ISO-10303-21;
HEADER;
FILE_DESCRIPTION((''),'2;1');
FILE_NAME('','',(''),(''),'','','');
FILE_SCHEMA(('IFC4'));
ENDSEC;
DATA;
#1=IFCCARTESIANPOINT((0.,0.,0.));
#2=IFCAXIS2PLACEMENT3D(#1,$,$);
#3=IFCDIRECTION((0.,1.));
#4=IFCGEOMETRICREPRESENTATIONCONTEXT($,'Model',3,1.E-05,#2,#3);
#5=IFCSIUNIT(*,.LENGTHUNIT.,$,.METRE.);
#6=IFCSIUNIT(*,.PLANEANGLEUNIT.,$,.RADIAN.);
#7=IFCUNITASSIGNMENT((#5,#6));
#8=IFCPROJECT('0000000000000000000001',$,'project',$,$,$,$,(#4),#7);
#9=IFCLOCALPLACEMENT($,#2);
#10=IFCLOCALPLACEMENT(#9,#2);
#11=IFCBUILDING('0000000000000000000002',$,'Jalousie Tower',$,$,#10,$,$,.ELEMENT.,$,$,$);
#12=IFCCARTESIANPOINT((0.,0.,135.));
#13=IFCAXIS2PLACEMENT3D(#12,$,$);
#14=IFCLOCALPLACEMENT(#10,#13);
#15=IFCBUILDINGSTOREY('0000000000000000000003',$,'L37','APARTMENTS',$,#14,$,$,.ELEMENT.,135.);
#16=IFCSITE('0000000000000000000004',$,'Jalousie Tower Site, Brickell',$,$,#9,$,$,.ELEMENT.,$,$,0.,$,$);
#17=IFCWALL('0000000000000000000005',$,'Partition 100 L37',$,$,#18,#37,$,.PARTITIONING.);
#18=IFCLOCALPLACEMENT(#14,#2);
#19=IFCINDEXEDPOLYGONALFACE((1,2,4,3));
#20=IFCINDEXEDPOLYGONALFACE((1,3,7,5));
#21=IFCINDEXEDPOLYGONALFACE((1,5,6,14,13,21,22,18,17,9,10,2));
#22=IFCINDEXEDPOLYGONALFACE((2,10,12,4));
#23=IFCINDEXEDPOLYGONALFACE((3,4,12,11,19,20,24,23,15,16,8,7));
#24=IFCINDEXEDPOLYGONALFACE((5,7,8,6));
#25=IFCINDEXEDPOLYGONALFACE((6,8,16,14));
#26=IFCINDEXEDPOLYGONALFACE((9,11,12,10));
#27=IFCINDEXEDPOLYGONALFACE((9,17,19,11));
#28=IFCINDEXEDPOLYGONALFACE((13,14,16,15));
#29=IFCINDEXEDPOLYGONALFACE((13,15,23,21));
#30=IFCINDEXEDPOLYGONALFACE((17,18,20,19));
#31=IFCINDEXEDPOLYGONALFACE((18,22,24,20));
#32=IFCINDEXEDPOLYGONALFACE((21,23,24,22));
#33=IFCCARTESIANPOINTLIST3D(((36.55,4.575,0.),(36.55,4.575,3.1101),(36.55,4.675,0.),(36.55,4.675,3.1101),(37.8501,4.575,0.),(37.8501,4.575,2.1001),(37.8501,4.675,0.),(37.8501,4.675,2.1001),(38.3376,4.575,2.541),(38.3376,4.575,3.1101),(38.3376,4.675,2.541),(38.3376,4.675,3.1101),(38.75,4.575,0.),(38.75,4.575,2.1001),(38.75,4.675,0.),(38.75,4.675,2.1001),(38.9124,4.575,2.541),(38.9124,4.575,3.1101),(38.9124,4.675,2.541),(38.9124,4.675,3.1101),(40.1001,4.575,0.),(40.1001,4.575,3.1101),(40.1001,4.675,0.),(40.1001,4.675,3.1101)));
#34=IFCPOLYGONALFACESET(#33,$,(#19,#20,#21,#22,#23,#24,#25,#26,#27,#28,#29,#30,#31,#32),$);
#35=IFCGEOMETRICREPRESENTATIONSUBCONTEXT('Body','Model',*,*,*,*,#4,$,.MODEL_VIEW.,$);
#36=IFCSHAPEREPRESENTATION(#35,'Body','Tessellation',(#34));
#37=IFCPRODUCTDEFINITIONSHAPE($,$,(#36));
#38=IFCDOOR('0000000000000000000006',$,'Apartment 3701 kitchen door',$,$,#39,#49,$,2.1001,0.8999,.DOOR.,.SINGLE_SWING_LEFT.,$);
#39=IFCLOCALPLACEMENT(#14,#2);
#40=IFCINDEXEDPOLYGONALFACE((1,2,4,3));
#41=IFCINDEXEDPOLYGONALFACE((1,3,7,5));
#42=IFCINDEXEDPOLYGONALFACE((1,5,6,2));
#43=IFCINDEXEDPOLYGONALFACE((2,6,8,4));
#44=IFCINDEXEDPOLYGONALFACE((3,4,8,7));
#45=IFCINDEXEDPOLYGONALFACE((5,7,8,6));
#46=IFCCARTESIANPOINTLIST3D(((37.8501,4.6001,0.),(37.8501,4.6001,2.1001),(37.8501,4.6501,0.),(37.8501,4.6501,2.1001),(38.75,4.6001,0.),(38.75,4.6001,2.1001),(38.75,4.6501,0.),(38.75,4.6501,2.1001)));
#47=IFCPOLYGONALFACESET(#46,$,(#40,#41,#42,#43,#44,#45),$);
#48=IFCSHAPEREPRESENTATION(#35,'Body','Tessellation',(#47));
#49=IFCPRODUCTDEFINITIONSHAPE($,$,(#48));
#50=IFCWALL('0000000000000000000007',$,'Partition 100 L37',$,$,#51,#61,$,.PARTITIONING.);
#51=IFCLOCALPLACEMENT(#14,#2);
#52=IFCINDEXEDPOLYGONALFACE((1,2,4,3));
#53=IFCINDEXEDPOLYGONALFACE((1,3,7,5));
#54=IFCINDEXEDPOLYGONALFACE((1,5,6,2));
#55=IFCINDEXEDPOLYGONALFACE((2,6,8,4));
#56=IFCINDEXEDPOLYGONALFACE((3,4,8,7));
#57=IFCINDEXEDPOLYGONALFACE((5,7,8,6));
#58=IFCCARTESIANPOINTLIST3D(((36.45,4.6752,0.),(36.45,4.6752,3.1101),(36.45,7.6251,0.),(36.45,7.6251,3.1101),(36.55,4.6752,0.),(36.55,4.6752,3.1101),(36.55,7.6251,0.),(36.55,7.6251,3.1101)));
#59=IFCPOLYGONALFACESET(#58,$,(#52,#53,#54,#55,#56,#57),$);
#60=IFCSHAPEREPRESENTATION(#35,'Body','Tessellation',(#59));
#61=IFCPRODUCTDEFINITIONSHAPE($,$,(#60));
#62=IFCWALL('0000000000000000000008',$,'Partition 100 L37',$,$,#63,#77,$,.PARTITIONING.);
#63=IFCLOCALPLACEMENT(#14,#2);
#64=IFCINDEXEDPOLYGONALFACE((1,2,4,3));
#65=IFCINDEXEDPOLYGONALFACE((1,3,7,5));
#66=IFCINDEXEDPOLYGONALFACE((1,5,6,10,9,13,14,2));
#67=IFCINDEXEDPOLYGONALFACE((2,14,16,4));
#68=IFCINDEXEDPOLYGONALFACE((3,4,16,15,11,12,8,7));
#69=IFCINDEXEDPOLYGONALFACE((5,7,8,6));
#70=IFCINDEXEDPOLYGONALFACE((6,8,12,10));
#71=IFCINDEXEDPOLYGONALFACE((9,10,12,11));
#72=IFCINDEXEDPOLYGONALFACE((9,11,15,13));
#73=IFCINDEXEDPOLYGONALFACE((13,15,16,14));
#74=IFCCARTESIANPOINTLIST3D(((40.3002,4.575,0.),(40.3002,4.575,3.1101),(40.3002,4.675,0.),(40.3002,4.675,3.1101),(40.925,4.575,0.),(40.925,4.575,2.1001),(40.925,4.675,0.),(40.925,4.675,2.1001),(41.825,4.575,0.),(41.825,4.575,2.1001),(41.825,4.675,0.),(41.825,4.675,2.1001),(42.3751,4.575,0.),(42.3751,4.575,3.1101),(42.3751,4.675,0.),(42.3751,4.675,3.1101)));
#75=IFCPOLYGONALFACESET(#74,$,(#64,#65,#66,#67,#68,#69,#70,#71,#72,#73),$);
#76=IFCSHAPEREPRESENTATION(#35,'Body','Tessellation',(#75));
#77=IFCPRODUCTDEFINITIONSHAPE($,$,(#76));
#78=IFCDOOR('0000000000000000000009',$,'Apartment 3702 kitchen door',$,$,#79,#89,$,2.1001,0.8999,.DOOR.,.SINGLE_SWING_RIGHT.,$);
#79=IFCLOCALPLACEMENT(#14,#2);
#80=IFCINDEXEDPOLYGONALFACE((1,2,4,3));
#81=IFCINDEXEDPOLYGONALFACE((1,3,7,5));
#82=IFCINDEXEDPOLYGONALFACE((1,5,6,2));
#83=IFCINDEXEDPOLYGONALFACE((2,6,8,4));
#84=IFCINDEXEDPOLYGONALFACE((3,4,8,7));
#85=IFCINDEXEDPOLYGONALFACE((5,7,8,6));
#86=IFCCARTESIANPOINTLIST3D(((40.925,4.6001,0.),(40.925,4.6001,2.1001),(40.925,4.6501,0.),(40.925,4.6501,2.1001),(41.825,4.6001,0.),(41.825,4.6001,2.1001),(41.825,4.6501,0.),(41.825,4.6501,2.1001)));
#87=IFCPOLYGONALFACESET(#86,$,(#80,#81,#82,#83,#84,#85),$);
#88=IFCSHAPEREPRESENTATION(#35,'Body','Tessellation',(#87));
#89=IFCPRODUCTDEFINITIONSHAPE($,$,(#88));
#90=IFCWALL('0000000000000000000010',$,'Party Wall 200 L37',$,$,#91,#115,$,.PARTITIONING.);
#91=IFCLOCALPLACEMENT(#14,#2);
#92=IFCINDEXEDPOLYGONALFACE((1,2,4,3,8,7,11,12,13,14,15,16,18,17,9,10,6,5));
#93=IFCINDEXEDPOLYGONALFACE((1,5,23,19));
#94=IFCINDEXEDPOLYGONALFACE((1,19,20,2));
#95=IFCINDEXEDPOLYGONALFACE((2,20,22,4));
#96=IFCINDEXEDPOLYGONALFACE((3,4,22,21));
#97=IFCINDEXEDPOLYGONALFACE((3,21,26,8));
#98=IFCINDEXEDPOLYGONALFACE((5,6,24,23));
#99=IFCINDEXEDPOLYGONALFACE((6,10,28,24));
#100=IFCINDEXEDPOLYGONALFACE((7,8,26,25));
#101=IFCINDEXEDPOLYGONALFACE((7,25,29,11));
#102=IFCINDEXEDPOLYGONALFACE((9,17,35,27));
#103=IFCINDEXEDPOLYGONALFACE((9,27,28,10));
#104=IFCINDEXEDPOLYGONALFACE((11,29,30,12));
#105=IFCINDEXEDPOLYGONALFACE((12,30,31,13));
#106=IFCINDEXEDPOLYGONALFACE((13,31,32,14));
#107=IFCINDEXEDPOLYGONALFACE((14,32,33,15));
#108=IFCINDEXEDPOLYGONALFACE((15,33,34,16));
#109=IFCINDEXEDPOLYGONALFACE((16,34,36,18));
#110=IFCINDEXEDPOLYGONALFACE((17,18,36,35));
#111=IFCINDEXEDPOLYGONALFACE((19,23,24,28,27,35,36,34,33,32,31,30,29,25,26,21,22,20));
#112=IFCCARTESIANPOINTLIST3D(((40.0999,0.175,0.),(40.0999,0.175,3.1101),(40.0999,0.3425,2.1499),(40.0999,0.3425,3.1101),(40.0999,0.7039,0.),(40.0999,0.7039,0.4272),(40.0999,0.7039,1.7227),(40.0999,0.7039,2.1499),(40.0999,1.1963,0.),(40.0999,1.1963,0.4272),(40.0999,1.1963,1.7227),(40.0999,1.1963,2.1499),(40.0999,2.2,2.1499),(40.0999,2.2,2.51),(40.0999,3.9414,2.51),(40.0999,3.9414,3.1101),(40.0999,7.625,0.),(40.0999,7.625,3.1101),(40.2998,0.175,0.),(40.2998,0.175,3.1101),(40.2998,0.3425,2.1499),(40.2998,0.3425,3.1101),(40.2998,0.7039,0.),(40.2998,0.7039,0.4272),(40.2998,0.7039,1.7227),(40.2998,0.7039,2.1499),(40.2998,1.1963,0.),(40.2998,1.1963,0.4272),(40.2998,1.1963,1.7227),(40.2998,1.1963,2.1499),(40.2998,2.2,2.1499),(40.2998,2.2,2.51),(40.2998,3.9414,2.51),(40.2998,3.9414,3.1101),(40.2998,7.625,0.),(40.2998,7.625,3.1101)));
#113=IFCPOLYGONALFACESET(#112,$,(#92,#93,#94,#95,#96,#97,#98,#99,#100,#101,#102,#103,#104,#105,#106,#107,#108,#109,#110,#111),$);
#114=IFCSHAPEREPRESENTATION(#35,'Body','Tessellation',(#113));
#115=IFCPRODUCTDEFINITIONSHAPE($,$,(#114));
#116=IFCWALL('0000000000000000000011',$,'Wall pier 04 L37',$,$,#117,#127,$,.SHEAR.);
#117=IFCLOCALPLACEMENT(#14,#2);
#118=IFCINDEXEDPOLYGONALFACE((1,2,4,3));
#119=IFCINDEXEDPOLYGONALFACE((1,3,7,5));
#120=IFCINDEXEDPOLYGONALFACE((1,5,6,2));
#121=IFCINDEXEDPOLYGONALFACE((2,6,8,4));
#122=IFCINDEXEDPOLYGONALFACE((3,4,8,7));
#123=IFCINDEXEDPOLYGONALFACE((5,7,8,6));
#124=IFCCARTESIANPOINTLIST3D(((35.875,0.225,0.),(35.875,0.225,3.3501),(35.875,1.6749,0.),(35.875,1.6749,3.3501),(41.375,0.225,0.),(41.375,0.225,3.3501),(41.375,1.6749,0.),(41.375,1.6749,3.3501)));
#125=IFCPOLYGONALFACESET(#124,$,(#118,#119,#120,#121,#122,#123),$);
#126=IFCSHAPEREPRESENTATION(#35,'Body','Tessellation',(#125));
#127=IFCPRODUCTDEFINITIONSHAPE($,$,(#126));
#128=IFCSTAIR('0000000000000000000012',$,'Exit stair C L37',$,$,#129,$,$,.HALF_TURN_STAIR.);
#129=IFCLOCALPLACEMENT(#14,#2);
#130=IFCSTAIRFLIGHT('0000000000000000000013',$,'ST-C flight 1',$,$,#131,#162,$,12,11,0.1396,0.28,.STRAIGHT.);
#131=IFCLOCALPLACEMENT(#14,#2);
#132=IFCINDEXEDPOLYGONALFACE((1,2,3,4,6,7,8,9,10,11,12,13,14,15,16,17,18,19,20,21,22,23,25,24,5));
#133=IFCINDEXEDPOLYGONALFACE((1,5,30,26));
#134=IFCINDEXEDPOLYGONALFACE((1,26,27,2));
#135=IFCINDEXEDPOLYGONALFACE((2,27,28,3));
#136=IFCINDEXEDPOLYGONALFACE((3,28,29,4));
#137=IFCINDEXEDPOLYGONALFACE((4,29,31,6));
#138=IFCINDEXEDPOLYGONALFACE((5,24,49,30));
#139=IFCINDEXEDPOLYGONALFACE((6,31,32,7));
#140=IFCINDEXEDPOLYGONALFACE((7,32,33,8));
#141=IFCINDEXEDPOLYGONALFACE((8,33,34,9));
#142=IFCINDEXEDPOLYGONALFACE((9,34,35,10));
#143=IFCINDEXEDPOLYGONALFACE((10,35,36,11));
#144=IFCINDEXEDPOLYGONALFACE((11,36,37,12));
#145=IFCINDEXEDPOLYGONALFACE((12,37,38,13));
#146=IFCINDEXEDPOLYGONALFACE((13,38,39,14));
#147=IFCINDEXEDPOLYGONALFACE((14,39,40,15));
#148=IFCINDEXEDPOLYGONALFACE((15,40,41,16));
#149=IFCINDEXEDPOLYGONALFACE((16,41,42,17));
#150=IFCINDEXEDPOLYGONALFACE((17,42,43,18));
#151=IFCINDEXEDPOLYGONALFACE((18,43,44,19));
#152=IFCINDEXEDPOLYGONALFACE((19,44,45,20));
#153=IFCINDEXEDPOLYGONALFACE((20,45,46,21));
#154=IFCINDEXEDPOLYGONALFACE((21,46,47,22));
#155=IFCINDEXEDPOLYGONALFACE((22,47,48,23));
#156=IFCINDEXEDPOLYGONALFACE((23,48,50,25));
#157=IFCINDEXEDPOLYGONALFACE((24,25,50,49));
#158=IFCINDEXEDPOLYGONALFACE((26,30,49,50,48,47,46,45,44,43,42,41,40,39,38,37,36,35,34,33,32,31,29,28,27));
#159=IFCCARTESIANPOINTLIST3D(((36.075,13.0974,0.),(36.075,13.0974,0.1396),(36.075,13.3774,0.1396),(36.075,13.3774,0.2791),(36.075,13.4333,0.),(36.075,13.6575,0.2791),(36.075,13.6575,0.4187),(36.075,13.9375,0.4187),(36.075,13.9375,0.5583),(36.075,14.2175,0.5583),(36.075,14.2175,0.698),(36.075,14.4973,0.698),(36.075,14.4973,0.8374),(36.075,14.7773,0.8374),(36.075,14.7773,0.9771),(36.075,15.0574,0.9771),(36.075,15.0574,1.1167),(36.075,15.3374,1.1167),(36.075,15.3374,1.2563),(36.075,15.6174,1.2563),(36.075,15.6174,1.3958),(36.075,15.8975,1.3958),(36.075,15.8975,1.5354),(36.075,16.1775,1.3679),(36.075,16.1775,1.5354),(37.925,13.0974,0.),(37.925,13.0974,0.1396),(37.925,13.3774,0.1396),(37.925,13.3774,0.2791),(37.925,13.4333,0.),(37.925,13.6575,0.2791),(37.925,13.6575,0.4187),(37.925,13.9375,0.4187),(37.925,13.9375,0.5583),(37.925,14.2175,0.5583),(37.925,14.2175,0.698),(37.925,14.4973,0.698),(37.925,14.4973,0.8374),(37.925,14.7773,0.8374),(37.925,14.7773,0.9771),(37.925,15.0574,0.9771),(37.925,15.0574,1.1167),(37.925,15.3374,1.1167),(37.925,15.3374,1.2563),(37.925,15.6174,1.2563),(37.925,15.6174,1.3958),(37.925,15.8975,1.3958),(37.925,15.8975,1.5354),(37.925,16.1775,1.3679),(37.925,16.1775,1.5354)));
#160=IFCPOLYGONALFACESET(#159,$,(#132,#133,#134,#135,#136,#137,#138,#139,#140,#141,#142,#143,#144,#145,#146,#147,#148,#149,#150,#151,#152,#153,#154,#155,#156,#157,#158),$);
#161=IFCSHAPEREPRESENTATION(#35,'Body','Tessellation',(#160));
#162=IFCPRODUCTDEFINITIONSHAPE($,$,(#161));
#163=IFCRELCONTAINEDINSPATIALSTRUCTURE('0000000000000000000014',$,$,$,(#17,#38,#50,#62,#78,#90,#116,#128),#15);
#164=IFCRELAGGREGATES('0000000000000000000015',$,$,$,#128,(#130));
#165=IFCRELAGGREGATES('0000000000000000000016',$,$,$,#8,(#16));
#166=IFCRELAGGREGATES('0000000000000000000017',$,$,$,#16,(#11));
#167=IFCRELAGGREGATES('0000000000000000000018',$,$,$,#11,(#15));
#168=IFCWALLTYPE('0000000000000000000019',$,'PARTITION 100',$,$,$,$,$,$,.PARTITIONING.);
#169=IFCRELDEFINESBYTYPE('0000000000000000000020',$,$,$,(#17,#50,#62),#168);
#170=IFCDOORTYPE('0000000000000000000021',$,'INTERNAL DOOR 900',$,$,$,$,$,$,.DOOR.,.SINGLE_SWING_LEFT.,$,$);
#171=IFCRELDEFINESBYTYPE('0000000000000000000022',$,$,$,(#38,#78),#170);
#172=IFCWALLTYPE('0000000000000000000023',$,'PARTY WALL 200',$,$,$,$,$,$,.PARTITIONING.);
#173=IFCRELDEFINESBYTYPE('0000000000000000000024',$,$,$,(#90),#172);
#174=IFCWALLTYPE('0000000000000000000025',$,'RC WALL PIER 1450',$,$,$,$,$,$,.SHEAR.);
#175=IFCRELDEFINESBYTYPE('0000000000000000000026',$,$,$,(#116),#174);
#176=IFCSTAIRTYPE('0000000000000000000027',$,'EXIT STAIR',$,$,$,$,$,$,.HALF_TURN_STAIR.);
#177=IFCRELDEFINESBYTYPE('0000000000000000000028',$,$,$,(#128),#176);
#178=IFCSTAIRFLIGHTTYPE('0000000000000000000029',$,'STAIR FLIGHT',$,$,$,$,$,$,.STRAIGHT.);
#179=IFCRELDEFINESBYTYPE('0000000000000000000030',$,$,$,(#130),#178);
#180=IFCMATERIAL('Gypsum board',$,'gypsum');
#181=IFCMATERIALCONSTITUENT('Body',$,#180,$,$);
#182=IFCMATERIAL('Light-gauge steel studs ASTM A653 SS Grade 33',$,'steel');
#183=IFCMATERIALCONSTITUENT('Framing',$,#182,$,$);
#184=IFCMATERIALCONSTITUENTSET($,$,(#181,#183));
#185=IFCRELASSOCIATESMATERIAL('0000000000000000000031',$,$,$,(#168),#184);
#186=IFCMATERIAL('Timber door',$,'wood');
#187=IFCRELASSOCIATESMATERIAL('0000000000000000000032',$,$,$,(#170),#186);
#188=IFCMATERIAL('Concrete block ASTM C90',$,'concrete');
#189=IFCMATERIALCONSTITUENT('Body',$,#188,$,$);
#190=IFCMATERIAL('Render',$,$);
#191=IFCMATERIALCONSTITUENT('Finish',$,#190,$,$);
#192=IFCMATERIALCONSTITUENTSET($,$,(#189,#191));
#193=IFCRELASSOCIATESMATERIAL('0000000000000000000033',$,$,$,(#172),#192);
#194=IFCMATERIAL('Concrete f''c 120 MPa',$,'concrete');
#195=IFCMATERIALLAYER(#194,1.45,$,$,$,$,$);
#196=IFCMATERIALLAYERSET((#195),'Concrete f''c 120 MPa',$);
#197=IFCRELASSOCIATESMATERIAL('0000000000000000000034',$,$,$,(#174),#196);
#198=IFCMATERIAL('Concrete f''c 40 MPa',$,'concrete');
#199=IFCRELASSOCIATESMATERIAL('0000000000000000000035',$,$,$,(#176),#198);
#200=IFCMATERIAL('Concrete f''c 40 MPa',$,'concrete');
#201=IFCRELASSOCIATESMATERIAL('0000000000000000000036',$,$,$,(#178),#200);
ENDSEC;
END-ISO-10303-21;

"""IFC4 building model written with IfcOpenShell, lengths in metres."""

from ifc_helpers import new_model, si_unit, direction, frame, frame_2d, origin, place, context, subcontext, project, spatial, polyline, rectangle, outline, extrude, material, layer, layer_set, constituent, constituent_set, type_object, element, fill, aggregate, save


model = new_model("IFC4")

# Units and contexts
model_context = context("Model", 3, precision=1e-05, world=origin(), true_north=direction((0.0, 1.0)))
body_context = subcontext(model_context, "Body", "Model", "MODEL_VIEW")
ifc_project = project(units=[si_unit("LENGTHUNIT", "METRE"), si_unit("PLANEANGLEUNIT", "RADIAN")], contexts=[model_context])

# Site, building, storey
site_placement = place(None, origin())
site = spatial("IfcSite", under=ifc_project, at=site_placement, Name="Jalousie Tower Site, Brickell", CompositionType="ELEMENT", RefElevation=0.0)
building_placement = place(site_placement, origin())
building = spatial("IfcBuilding", under=site, at=building_placement, Name="Jalousie Tower", CompositionType="ELEMENT")
storey_placement = place(building_placement, frame((0.0, 0.0, 135.0)))
storey = spatial("IfcBuildingStorey", under=building, at=storey_placement, Name="L37", Description="APARTMENTS", CompositionType="ELEMENT", Elevation=135.0)

# Wall, opening, door
ifc_material_1 = material(Name="Gypsum board", Category="gypsum")
ifc_constituent_1 = constituent(ifc_material_1, Name="Body")
ifc_material_2 = material(Name="Light-gauge steel studs ASTM A653 SS Grade 33", Category="steel")
ifc_constituent_2 = constituent(ifc_material_2, Name="Framing")
ifc_constituent_set_1 = constituent_set(constituents=[ifc_constituent_1, ifc_constituent_2])
wall_type_1 = type_object("IfcWallType", Name="PARTITION 100", PredefinedType="PARTITIONING", material=ifc_constituent_set_1)
wall_1_placement = place(storey_placement, frame((36.55, 4.625, 0.0), z_axis=(0.0, 0.0, 1.0), x_axis=(1.0, 0.0, 0.0)))
wall_1 = element("IfcWall", 1, at=wall_1_placement, inside=storey, type_object=wall_type_1, Name="Partition 100 L37", PredefinedType="PARTITIONING", context=body_context, shape_type="SweptSolid", body=[
    extrude(outline(polyline([(0.0, 0.0), (3.55, 0.0), (3.55, 3.1101), (2.3623, 3.1101), (2.3623, 2.541), (1.7876, 2.541), (1.7876, 3.1101), (0.0, 3.1101), (0.0, 0.0)])), frame((0.0, 0.05, 0.0), z_axis=(0.0, -1.0, 0.0), x_axis=(1.0, 0.0, 0.0)), (0.0, 0.0, 1.0), 0.1001),
])
opening_1_placement = place(wall_1_placement, frame((1.3, 0.0, 0.0)))
opening_1 = element("IfcOpeningElement", 2, at=opening_1_placement, cuts=wall_1, PredefinedType="OPENING", context=body_context, shape_type="SweptSolid", body=[
    extrude(rectangle(XDim=0.8999, YDim=2.1001, at=frame_2d((0.45, 1.05))), frame((0.0, 0.0601, 0.0), z_axis=(0.0, -1.0, 0.0), x_axis=(1.0, 0.0, 0.0)), (0.0, 0.0, 1.0), 0.1201),
])
ifc_material_3 = material(Name="Timber door", Category="wood")
door_type_1 = type_object("IfcDoorType", Name="INTERNAL DOOR 900", OperationType="SINGLE_SWING_LEFT", PredefinedType="DOOR", material=ifc_material_3)
door_1_placement = place(opening_1_placement, frame((0.8999, 0.0, 0.0), z_axis=(0.0, 0.0, 1.0), x_axis=(-1.0, 0.0, 0.0)))
door_1 = element("IfcDoor", 3, at=door_1_placement, inside=storey, type_object=door_type_1, Name="Apartment 3701 kitchen door", OperationType="SINGLE_SWING_LEFT", OverallHeight=2.1001, OverallWidth=0.8999, PredefinedType="DOOR", context=body_context, shape_type="SweptSolid", body=[
    extrude(rectangle(XDim=0.8999, YDim=2.1001, at=frame_2d((0.45, 1.05))), frame((0.0, 0.0249, 0.0), z_axis=(0.0, -1.0, 0.0), x_axis=(1.0, 0.0, 0.0)), (0.0, 0.0, 1.0), 0.05),
])
fill(opening_1, door_1)

# Wall
wall_2_placement = place(storey_placement, frame((36.5, 4.675, 0.0), z_axis=(0.0, 0.0, 1.0), x_axis=(0.0, 1.0, 0.0)))
element("IfcWall", 4, at=wall_2_placement, inside=storey, type_object=wall_type_1, Name="Partition 100 L37", PredefinedType="PARTITIONING", context=body_context, shape_type="SweptSolid", body=[
    extrude(rectangle(XDim=2.95, YDim=0.1001, at=frame_2d((1.4751, 0.0))), origin(), (0.0, 0.0, 1.0), 3.1101),
])

# Wall, opening, door
wall_3_placement = place(storey_placement, frame((40.3, 4.625, 0.0), z_axis=(0.0, 0.0, 1.0), x_axis=(1.0, 0.0, 0.0)))
wall_3 = element("IfcWall", 5, at=wall_3_placement, inside=storey, type_object=wall_type_1, Name="Partition 100 L37", PredefinedType="PARTITIONING", context=body_context, shape_type="SweptSolid", body=[
    extrude(rectangle(XDim=2.075, YDim=0.1001, at=frame_2d((1.0376, 0.0))), origin(), (0.0, 0.0, 1.0), 3.1101),
])
opening_2_placement = place(wall_3_placement, frame((0.625, 0.0, 0.0)))
opening_2 = element("IfcOpeningElement", 6, at=opening_2_placement, cuts=wall_3, PredefinedType="OPENING", context=body_context, shape_type="SweptSolid", body=[
    extrude(rectangle(XDim=0.8999, YDim=2.1001, at=frame_2d((0.45, 1.05))), frame((0.0, 0.0601, 0.0), z_axis=(0.0, -1.0, 0.0), x_axis=(1.0, 0.0, 0.0)), (0.0, 0.0, 1.0), 0.1201),
])
door_2_placement = place(opening_2_placement, frame((0.8999, 0.0, 0.0), z_axis=(0.0, 0.0, 1.0), x_axis=(-1.0, 0.0, 0.0)))
door_2 = element("IfcDoor", 7, at=door_2_placement, inside=storey, type_object=door_type_1, Name="Apartment 3702 kitchen door", OperationType="SINGLE_SWING_RIGHT", OverallHeight=2.1001, OverallWidth=0.8999, PredefinedType="DOOR", context=body_context, shape_type="SweptSolid", body=[
    extrude(rectangle(XDim=0.8999, YDim=2.1001, at=frame_2d((0.45, 1.05))), frame((0.0, 0.0249, 0.0), z_axis=(0.0, -1.0, 0.0), x_axis=(1.0, 0.0, 0.0)), (0.0, 0.0, 1.0), 0.05),
])
fill(opening_2, door_2)

# Walls
ifc_material_4 = material(Name="Concrete block ASTM C90", Category="concrete")
ifc_constituent_3 = constituent(ifc_material_4, Name="Body")
ifc_material_5 = material(Name="Render")
ifc_constituent_4 = constituent(ifc_material_5, Name="Finish")
ifc_constituent_set_2 = constituent_set(constituents=[ifc_constituent_3, ifc_constituent_4])
wall_type_2 = type_object("IfcWallType", Name="PARTY WALL 200", PredefinedType="PARTITIONING", material=ifc_constituent_set_2)
wall_4_placement = place(storey_placement, frame((40.2, 0.175, 0.0), z_axis=(0.0, 0.0, 1.0), x_axis=(0.0, 1.0, 0.0)))
element("IfcWall", 8, at=wall_4_placement, inside=storey, type_object=wall_type_2, Name="Party Wall 200 L37", PredefinedType="PARTITIONING", context=body_context, shape_type="SweptSolid", body=[
    extrude(outline(polyline([(0.1675, 3.1101), (0.0, 3.1101), (0.0, 0.0), (0.5288, 0.0), (0.5288, 0.4272), (1.0212, 0.4272), (1.0212, 0.0), (7.45, 0.0), (7.45, 3.1101), (3.7664, 3.1101), (3.7664, 2.51), (2.0249, 2.51), (2.0249, 2.1499), (1.0212, 2.1499), (1.0212, 1.7227), (0.5288, 1.7227), (0.5288, 2.1499), (0.1675, 2.1499), (0.1675, 3.1101)])), frame((0.0, 0.1001, 0.0), z_axis=(0.0, -1.0, 0.0), x_axis=(1.0, 0.0, 0.0)), (0.0, 0.0, 1.0), 0.2),
])
ifc_material_6 = material(Name="Concrete f'c 120 MPa", Category="concrete")
ifc_layer_1 = layer(ifc_material_6, 1.45)
ifc_layer_set_1 = layer_set([ifc_layer_1], Name="Concrete f'c 120 MPa")
wall_type_3 = type_object("IfcWallType", Name="RC WALL PIER 1450", PredefinedType="SHEAR", material=ifc_layer_set_1)
wall_5_placement = place(storey_placement, frame((35.875, 0.95, 0.0), z_axis=(0.0, 0.0, 1.0), x_axis=(1.0, 0.0, 0.0)))
element("IfcWall", 9, at=wall_5_placement, inside=storey, type_object=wall_type_3, Name="Wall pier 04 L37", PredefinedType="SHEAR", context=body_context, shape_type="SweptSolid", body=[
    extrude(rectangle(XDim=5.5, YDim=1.45, at=frame_2d((2.75, 0.0))), origin(), (0.0, 0.0, 1.0), 3.3501),
])

# Stair, stair flight
ifc_material_7 = material(Name="Concrete f'c 40 MPa", Category="concrete")
stair_type = type_object("IfcStairType", Name="EXIT STAIR", PredefinedType="HALF_TURN_STAIR", material=ifc_material_7)
stair_placement = place(storey_placement, origin())
stair = element("IfcStair", 10, at=stair_placement, inside=storey, type_object=stair_type, Name="Exit stair C L37", PredefinedType="HALF_TURN_STAIR")
ifc_material_8 = material(Name="Concrete f'c 40 MPa", Category="concrete")
stair_flight_type = type_object("IfcStairFlightType", Name="STAIR FLIGHT", PredefinedType="STRAIGHT", material=ifc_material_8)
stair_flight_placement = place(storey_placement, frame((37.0, 13.0974, 0.0), z_axis=(0.0, 0.0, 1.0), x_axis=(0.0, 1.0, 0.0)))
stair_flight = element("IfcStairFlight", 11, at=stair_flight_placement, type_object=stair_flight_type, Name="ST-C flight 1", NumberOfRisers=12, NumberOfTreads=11, PredefinedType="STRAIGHT", RiserHeight=0.1396, TreadLength=0.28, context=body_context, shape_type="SweptSolid", body=[
    extrude(outline(polyline([(0.0, 0.0), (0.0, 0.1396), (0.28, 0.1396), (0.28, 0.2791), (0.5601, 0.2791), (0.5601, 0.4187), (0.8401, 0.4187), (0.8401, 0.5583), (1.1201, 0.5583), (1.1201, 0.698), (1.3999, 0.698), (1.3999, 0.8374), (1.6799, 0.8374), (1.6799, 0.9771), (1.96, 0.9771), (1.96, 1.1167), (2.24, 1.1167), (2.24, 1.2563), (2.52, 1.2563), (2.52, 1.3958), (2.8, 1.3958), (2.8, 1.5354), (3.0801, 1.5354), (3.0801, 1.675), (3.0801, 1.3679), (0.3359, 0.0), (0.0, 0.0)])), frame((0.0, 0.925, 0.0), z_axis=(0.0, -1.0, 0.0), x_axis=(1.0, 0.0, 0.0)), (0.0, 0.0, 1.0), 1.8501),
])
aggregate(stair, [stair_flight])

save(model, "model.ifc")
